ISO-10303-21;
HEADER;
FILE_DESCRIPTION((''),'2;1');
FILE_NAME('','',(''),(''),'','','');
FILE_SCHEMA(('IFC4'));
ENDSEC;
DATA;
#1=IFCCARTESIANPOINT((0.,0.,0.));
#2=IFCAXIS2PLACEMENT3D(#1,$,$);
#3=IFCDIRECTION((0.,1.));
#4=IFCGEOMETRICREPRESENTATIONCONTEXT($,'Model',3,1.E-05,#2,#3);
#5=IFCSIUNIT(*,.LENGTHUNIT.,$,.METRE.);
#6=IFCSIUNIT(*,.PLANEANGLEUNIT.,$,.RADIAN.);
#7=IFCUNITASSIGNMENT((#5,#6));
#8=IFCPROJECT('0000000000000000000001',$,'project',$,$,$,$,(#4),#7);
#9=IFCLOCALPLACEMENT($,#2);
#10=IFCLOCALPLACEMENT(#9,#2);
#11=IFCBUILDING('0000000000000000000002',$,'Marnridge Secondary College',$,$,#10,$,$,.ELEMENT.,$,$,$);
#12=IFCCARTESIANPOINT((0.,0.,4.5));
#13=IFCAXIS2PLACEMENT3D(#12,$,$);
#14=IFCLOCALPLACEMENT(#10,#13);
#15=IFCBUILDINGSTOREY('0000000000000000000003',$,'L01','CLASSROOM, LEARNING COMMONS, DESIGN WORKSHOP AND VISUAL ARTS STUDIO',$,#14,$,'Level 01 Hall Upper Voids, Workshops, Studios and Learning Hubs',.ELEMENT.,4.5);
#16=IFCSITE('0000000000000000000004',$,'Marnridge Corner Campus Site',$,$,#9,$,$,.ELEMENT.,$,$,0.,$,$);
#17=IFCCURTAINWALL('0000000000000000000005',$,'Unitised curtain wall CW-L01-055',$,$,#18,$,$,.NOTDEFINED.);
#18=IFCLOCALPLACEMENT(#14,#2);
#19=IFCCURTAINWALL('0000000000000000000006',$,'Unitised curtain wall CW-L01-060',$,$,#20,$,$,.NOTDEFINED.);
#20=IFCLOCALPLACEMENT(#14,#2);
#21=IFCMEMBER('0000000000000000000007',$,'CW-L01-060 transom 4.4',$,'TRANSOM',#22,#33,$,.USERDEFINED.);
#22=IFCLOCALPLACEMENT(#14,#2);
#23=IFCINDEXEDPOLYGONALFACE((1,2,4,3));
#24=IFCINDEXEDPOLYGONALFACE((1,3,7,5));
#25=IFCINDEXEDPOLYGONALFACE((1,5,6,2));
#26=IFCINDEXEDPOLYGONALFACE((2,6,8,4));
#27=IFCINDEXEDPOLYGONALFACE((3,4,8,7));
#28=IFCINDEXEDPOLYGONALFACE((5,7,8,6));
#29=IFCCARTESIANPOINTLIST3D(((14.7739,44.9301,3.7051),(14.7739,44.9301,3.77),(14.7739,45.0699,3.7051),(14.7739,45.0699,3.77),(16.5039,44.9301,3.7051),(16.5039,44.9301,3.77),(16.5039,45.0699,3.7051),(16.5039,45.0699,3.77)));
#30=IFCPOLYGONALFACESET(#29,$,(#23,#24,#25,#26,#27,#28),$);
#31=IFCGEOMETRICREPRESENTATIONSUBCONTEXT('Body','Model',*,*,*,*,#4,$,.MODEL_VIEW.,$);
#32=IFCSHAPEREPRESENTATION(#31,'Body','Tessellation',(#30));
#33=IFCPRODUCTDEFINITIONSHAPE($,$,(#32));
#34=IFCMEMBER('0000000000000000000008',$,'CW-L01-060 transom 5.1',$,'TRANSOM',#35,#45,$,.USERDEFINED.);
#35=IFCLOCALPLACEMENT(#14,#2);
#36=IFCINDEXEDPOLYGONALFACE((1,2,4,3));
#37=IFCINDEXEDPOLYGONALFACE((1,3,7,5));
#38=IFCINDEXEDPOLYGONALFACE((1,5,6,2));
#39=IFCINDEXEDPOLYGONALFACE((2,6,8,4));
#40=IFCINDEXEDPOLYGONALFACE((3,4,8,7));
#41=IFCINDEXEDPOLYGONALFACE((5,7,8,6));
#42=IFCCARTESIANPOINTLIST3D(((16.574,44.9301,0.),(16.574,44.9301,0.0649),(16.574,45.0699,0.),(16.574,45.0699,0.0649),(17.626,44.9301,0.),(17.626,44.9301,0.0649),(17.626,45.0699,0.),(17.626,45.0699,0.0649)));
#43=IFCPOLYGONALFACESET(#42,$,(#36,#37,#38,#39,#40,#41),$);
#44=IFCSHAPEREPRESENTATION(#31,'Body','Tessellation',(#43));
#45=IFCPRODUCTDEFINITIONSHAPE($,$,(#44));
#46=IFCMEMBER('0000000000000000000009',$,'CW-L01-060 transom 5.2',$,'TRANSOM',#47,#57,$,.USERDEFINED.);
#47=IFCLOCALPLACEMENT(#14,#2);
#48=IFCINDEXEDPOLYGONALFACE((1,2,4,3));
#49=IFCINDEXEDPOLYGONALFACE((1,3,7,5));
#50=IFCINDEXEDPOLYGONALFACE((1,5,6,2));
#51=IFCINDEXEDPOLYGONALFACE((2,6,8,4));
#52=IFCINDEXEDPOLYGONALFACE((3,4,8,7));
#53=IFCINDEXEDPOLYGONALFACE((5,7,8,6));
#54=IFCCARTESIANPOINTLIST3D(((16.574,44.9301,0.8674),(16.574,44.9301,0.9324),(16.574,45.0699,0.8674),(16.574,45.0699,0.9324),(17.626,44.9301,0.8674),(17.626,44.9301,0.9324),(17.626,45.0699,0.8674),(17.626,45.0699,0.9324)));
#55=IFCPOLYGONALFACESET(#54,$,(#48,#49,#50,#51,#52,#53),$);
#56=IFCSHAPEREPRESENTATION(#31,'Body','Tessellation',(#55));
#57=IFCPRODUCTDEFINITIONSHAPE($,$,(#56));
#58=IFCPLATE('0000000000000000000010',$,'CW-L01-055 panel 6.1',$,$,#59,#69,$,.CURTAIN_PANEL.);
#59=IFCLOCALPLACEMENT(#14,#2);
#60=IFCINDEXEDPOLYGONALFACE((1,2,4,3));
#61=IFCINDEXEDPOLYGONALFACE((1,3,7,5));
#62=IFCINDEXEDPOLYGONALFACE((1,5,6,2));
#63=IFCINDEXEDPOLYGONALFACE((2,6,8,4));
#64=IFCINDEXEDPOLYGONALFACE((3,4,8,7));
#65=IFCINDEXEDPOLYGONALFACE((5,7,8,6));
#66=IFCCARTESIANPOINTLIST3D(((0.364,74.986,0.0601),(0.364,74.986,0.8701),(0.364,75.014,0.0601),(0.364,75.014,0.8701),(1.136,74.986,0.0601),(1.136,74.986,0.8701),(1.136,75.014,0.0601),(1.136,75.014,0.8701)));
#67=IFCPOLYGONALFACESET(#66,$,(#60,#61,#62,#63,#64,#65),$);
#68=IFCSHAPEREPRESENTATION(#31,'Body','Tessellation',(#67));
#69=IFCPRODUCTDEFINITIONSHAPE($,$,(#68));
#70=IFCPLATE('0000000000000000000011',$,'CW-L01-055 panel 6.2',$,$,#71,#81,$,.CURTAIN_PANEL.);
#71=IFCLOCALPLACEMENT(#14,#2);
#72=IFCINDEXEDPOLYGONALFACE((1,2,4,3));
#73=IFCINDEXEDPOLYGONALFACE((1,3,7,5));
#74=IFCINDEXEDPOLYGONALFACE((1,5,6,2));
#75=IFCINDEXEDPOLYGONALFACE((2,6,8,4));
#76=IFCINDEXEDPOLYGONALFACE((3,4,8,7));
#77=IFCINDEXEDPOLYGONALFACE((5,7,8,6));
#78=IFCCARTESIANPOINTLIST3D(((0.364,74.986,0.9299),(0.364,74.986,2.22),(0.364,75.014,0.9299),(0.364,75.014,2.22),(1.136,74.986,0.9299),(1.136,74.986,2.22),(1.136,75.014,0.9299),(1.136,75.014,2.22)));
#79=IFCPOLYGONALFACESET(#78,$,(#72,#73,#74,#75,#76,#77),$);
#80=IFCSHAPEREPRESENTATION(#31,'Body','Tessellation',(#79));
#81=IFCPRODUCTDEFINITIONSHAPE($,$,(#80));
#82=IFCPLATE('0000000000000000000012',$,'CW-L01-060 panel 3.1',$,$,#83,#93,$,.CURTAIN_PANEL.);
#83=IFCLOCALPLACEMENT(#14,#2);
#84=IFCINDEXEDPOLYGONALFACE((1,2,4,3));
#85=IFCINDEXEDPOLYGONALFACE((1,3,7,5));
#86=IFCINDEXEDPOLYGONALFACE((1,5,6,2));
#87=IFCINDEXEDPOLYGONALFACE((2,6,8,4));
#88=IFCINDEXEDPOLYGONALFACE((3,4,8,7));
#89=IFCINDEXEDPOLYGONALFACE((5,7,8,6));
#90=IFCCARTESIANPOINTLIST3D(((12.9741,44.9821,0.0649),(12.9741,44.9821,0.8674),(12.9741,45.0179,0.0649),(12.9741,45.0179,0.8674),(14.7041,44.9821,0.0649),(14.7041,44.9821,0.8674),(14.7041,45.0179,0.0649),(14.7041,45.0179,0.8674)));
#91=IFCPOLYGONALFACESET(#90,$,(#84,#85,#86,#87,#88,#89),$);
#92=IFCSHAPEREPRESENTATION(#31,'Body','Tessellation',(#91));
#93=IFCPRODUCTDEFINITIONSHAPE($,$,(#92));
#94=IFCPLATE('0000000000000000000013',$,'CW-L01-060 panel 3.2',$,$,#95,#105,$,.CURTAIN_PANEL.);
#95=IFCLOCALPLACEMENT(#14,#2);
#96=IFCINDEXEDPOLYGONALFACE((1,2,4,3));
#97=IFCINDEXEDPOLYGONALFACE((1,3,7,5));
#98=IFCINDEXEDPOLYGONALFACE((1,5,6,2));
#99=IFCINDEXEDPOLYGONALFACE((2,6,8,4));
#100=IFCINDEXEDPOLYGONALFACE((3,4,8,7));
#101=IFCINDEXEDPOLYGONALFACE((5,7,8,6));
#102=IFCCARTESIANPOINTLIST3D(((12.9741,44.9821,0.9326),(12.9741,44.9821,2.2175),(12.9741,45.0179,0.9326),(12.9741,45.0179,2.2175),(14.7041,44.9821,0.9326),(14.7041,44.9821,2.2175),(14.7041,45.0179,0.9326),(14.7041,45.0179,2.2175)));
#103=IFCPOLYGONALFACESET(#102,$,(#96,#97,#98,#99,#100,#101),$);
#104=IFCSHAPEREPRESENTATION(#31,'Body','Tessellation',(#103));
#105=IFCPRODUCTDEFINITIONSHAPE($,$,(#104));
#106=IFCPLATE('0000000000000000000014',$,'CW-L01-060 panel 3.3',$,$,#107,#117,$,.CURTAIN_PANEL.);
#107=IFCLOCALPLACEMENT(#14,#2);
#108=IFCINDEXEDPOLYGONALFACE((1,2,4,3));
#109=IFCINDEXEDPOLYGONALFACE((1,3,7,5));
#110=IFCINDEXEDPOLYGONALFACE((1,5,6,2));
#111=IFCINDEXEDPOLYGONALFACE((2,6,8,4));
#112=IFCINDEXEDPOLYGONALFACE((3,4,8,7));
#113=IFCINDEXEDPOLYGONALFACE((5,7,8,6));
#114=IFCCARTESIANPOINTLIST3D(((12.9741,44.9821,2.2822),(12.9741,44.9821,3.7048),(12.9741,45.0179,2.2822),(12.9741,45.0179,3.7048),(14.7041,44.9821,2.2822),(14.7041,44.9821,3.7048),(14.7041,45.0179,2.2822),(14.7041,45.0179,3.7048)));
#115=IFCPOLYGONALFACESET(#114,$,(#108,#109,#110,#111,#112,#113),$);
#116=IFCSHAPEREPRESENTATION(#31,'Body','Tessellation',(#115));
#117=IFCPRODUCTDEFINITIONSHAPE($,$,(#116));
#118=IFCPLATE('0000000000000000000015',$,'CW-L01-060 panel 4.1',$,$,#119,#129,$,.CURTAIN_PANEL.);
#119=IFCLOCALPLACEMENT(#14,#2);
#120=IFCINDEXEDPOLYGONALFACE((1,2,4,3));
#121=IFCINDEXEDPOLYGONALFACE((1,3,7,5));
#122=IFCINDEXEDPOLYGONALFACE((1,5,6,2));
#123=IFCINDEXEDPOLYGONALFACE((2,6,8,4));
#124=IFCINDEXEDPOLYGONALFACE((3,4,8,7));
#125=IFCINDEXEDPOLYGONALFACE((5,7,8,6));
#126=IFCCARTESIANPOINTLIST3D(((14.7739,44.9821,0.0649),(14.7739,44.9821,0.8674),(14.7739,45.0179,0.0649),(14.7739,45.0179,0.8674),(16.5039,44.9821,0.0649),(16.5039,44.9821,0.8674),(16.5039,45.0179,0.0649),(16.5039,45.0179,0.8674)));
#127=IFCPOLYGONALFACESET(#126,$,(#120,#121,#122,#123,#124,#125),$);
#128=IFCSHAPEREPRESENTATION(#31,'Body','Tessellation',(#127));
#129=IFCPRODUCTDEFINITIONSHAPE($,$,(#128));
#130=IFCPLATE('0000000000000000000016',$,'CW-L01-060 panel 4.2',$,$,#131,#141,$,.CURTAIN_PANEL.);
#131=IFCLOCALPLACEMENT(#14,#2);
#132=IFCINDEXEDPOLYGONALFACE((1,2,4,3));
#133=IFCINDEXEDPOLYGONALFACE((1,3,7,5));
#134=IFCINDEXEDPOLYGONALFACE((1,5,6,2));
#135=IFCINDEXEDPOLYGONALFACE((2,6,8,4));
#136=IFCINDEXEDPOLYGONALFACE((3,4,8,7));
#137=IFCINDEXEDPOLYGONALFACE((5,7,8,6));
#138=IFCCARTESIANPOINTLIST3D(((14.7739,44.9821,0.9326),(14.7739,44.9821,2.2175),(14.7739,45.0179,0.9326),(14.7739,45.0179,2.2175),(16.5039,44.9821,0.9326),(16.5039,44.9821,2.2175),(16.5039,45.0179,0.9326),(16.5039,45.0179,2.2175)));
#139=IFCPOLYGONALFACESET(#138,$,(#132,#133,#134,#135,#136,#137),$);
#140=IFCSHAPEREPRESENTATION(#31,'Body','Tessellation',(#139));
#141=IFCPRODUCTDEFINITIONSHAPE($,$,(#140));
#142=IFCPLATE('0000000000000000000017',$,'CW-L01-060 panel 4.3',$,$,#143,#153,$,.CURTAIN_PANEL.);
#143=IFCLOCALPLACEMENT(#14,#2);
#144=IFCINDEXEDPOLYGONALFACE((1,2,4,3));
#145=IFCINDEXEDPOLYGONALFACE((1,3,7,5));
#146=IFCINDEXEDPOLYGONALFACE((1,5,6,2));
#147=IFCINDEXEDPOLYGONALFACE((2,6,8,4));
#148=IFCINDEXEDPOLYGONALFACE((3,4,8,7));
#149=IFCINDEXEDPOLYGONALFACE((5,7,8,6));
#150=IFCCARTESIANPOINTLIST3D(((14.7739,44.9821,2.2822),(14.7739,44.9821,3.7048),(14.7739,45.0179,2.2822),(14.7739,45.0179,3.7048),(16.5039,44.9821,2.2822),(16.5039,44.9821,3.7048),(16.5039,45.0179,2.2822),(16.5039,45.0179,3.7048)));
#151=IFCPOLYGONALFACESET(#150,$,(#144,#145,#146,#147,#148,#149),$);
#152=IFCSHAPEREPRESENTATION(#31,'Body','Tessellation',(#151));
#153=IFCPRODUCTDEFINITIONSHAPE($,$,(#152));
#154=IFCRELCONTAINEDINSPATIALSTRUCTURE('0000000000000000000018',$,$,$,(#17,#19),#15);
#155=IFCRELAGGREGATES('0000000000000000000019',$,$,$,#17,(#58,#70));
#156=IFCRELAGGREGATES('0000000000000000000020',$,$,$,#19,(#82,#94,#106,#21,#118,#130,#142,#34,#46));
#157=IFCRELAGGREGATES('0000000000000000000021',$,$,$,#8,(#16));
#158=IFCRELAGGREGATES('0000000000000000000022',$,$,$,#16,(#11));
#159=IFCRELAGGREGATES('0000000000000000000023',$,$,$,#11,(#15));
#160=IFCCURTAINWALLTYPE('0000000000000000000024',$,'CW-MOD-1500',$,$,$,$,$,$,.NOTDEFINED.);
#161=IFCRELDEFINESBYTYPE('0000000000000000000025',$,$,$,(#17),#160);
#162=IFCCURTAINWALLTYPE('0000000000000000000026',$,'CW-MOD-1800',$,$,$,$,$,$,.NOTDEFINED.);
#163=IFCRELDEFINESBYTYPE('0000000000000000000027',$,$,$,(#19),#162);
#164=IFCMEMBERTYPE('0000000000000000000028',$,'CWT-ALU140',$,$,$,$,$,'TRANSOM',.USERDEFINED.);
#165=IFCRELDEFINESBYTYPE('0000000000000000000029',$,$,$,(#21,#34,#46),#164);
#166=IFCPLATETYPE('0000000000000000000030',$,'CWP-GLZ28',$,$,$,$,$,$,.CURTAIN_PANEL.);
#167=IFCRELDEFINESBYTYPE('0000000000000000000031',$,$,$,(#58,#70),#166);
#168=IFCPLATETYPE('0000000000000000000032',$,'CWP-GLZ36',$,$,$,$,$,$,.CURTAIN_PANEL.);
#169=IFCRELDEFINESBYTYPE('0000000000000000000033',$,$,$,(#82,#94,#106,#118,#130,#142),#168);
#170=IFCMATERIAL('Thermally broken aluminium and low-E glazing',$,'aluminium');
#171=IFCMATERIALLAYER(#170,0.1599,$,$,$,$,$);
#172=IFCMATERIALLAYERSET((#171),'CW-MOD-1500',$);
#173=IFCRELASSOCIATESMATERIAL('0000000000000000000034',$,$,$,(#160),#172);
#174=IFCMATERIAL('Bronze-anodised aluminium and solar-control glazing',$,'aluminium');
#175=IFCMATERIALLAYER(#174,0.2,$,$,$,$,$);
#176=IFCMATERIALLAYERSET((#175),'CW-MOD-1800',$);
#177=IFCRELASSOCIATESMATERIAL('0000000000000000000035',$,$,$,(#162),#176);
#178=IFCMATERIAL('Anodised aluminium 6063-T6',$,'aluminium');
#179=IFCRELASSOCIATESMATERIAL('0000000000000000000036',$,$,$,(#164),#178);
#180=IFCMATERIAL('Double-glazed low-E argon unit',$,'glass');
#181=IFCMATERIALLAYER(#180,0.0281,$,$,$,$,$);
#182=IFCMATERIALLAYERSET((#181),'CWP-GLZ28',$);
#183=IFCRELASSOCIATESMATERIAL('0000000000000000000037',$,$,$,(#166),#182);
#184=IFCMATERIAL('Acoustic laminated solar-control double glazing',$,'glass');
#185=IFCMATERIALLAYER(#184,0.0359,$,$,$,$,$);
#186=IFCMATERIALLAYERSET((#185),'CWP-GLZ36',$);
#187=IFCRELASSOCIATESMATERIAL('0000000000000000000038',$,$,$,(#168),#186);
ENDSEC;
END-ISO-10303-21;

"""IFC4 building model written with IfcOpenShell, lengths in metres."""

from ifc_helpers import new_model, si_unit, direction, frame, origin, origin_2d, place, context, subcontext, project, spatial, rectangle, extrude, material, layer, layer_set, material_profile, profile_set, type_object, element, aggregate, save


model = new_model("IFC4")

# Units and contexts
model_context = context("Model", 3, precision=1e-05, world=origin(), true_north=direction((0.0, 1.0)))
body_context = subcontext(model_context, "Body", "Model", "MODEL_VIEW")
ifc_project = project(units=[si_unit("LENGTHUNIT", "METRE"), si_unit("PLANEANGLEUNIT", "RADIAN")], contexts=[model_context])

# Site, building, storey
site_placement = place(None, origin())
site = spatial("IfcSite", under=ifc_project, at=site_placement, Name="Marnridge Corner Campus Site", CompositionType="ELEMENT", RefElevation=0.0)
building_placement = place(site_placement, origin())
building = spatial("IfcBuilding", under=site, at=building_placement, Name="Marnridge Secondary College", CompositionType="ELEMENT")
storey_placement = place(building_placement, frame((0.0, 0.0, 4.5)))
storey = spatial("IfcBuildingStorey", under=building, at=storey_placement, Name="L01", Description="CLASSROOM, LEARNING COMMONS, DESIGN WORKSHOP AND VISUAL ARTS STUDIO", LongName="Level 01 Hall Upper Voids, Workshops, Studios and Learning Hubs", CompositionType="ELEMENT", Elevation=4.5)

# Curtain wall
ifc_material_1 = material(Name="Thermally broken aluminium and low-E glazing", Category="aluminium")
ifc_layer_1 = layer(ifc_material_1, 0.1599)
ifc_layer_set_1 = layer_set([ifc_layer_1], Name="CW-MOD-1500")
curtain_wall_type_1 = type_object("IfcCurtainWallType", Name="CW-MOD-1500", PredefinedType="NOTDEFINED", material=ifc_layer_set_1)
curtain_wall_1_placement = place(storey_placement, origin())
curtain_wall_1 = element("IfcCurtainWall", 1, at=curtain_wall_1_placement, inside=storey, type_object=curtain_wall_type_1, Name="Unitised curtain wall CW-L01-055", PredefinedType="NOTDEFINED")

# Curtain wall, members
ifc_material_2 = material(Name="Bronze-anodised aluminium and solar-control glazing", Category="aluminium")
ifc_layer_2 = layer(ifc_material_2, 0.2)
ifc_layer_set_2 = layer_set([ifc_layer_2], Name="CW-MOD-1800")
curtain_wall_type_2 = type_object("IfcCurtainWallType", Name="CW-MOD-1800", PredefinedType="NOTDEFINED", material=ifc_layer_set_2)
curtain_wall_2_placement = place(storey_placement, origin())
curtain_wall_2 = element("IfcCurtainWall", 2, at=curtain_wall_2_placement, inside=storey, type_object=curtain_wall_type_2, Name="Unitised curtain wall CW-L01-060", PredefinedType="NOTDEFINED")
ifc_material_3 = material(Name="Anodised aluminium 6063-T6", Category="aluminium")
ifc_material_profile_1 = material_profile(ifc_material_3, rectangle(XDim=0.0649, YDim=0.1399, at=origin_2d()), Name="ALU 65x140")
ifc_profile_set_1 = profile_set([ifc_material_profile_1], Name="Anodised aluminium 6063-T6")
member_type_1 = type_object("IfcMemberType", Name="CWT-ALU140", ElementType="TRANSOM", PredefinedType="USERDEFINED", material=ifc_profile_set_1)
member_1_placement = place(storey_placement, frame((14.7739, 45.0, 3.7375), z_axis=(1.0, 0.0, 0.0), x_axis=(0.0, 0.0, 1.0)))
member_1 = element("IfcMember", 3, at=member_1_placement, type_object=member_type_1, Name="CW-L01-060 transom 4.4", ObjectType="TRANSOM", PredefinedType="USERDEFINED", context=body_context, shape_type="SweptSolid", body=[
    extrude(rectangle(XDim=0.0649, YDim=0.1399, at=origin_2d()), origin(), (0.0, 0.0, 1.0), 1.73),
])
member_2_placement = place(storey_placement, frame((16.574, 45.0, 0.0325), z_axis=(1.0, 0.0, 0.0), x_axis=(0.0, 0.0, 1.0)))
member_2 = element("IfcMember", 4, at=member_2_placement, type_object=member_type_1, Name="CW-L01-060 transom 5.1", ObjectType="TRANSOM", PredefinedType="USERDEFINED", context=body_context, shape_type="SweptSolid", body=[
    extrude(rectangle(XDim=0.0649, YDim=0.1399, at=origin_2d()), origin(), (0.0, 0.0, 1.0), 1.052),
])
member_3_placement = place(storey_placement, frame((16.574, 45.0, 0.8999), z_axis=(1.0, 0.0, 0.0), x_axis=(0.0, 0.0, 1.0)))
member_3 = element("IfcMember", 5, at=member_3_placement, type_object=member_type_1, Name="CW-L01-060 transom 5.2", ObjectType="TRANSOM", PredefinedType="USERDEFINED", context=body_context, shape_type="SweptSolid", body=[
    extrude(rectangle(XDim=0.0649, YDim=0.1399, at=origin_2d()), origin(), (0.0, 0.0, 1.0), 1.052),
])

# Plates
ifc_material_4 = material(Name="Double-glazed low-E argon unit", Category="glass")
ifc_layer_3 = layer(ifc_material_4, 0.0281)
ifc_layer_set_3 = layer_set([ifc_layer_3], Name="CWP-GLZ28")
plate_type_1 = type_object("IfcPlateType", Name="CWP-GLZ28", PredefinedType="CURTAIN_PANEL", material=ifc_layer_set_3)
plate_1_placement = place(storey_placement, frame((0.75, 75.0, 0.0601), z_axis=(0.0, 0.0, 1.0), x_axis=(-1.0, 0.0, 0.0)))
plate_1 = element("IfcPlate", 6, at=plate_1_placement, type_object=plate_type_1, Name="CW-L01-055 panel 6.1", PredefinedType="CURTAIN_PANEL", context=body_context, shape_type="SweptSolid", body=[
    extrude(rectangle(XDim=0.772, YDim=0.0281, at=origin_2d()), origin(), (0.0, 0.0, 1.0), 0.8101),
])
plate_2_placement = place(storey_placement, frame((0.75, 75.0, 0.9299), z_axis=(0.0, 0.0, 1.0), x_axis=(-1.0, 0.0, 0.0)))
plate_2 = element("IfcPlate", 7, at=plate_2_placement, type_object=plate_type_1, Name="CW-L01-055 panel 6.2", PredefinedType="CURTAIN_PANEL", context=body_context, shape_type="SweptSolid", body=[
    extrude(rectangle(XDim=0.772, YDim=0.0281, at=origin_2d()), origin(), (0.0, 0.0, 1.0), 1.29),
])
aggregate(curtain_wall_1, [plate_1, plate_2])
ifc_material_5 = material(Name="Acoustic laminated solar-control double glazing", Category="glass")
ifc_layer_4 = layer(ifc_material_5, 0.0359)
ifc_layer_set_4 = layer_set([ifc_layer_4], Name="CWP-GLZ36")
plate_type_2 = type_object("IfcPlateType", Name="CWP-GLZ36", PredefinedType="CURTAIN_PANEL", material=ifc_layer_set_4)
plate_3_placement = place(storey_placement, frame((13.8391, 45.0, 0.0649), z_axis=(0.0, 0.0, 1.0), x_axis=(1.0, 0.0, 0.0)))
plate_3 = element("IfcPlate", 8, at=plate_3_placement, type_object=plate_type_2, Name="CW-L01-060 panel 3.1", PredefinedType="CURTAIN_PANEL", context=body_context, shape_type="SweptSolid", body=[
    extrude(rectangle(XDim=1.73, YDim=0.0359, at=origin_2d()), origin(), (0.0, 0.0, 1.0), 0.8025),
])
plate_4_placement = place(storey_placement, frame((13.8391, 45.0, 0.9326), z_axis=(0.0, 0.0, 1.0), x_axis=(1.0, 0.0, 0.0)))
plate_4 = element("IfcPlate", 9, at=plate_4_placement, type_object=plate_type_2, Name="CW-L01-060 panel 3.2", PredefinedType="CURTAIN_PANEL", context=body_context, shape_type="SweptSolid", body=[
    extrude(rectangle(XDim=1.73, YDim=0.0359, at=origin_2d()), origin(), (0.0, 0.0, 1.0), 1.2849),
])
plate_5_placement = place(storey_placement, frame((13.8391, 45.0, 2.2822), z_axis=(0.0, 0.0, 1.0), x_axis=(1.0, 0.0, 0.0)))
plate_5 = element("IfcPlate", 10, at=plate_5_placement, type_object=plate_type_2, Name="CW-L01-060 panel 3.3", PredefinedType="CURTAIN_PANEL", context=body_context, shape_type="SweptSolid", body=[
    extrude(rectangle(XDim=1.73, YDim=0.0359, at=origin_2d()), origin(), (0.0, 0.0, 1.0), 1.4226),
])
plate_6_placement = place(storey_placement, frame((15.6389, 45.0, 0.0649), z_axis=(0.0, 0.0, 1.0), x_axis=(1.0, 0.0, 0.0)))
plate_6 = element("IfcPlate", 11, at=plate_6_placement, type_object=plate_type_2, Name="CW-L01-060 panel 4.1", PredefinedType="CURTAIN_PANEL", context=body_context, shape_type="SweptSolid", body=[
    extrude(rectangle(XDim=1.73, YDim=0.0359, at=origin_2d()), origin(), (0.0, 0.0, 1.0), 0.8025),
])
plate_7_placement = place(storey_placement, frame((15.6389, 45.0, 0.9326), z_axis=(0.0, 0.0, 1.0), x_axis=(1.0, 0.0, 0.0)))
plate_7 = element("IfcPlate", 12, at=plate_7_placement, type_object=plate_type_2, Name="CW-L01-060 panel 4.2", PredefinedType="CURTAIN_PANEL", context=body_context, shape_type="SweptSolid", body=[
    extrude(rectangle(XDim=1.73, YDim=0.0359, at=origin_2d()), origin(), (0.0, 0.0, 1.0), 1.2849),
])
plate_8_placement = place(storey_placement, frame((15.6389, 45.0, 2.2822), z_axis=(0.0, 0.0, 1.0), x_axis=(1.0, 0.0, 0.0)))
plate_8 = element("IfcPlate", 13, at=plate_8_placement, type_object=plate_type_2, Name="CW-L01-060 panel 4.3", PredefinedType="CURTAIN_PANEL", context=body_context, shape_type="SweptSolid", body=[
    extrude(rectangle(XDim=1.73, YDim=0.0359, at=origin_2d()), origin(), (0.0, 0.0, 1.0), 1.4226),
])
aggregate(curtain_wall_2, [plate_3, plate_4, plate_5, member_1, plate_6, plate_7, plate_8, member_2, member_3])

save(model, "model.ifc")
